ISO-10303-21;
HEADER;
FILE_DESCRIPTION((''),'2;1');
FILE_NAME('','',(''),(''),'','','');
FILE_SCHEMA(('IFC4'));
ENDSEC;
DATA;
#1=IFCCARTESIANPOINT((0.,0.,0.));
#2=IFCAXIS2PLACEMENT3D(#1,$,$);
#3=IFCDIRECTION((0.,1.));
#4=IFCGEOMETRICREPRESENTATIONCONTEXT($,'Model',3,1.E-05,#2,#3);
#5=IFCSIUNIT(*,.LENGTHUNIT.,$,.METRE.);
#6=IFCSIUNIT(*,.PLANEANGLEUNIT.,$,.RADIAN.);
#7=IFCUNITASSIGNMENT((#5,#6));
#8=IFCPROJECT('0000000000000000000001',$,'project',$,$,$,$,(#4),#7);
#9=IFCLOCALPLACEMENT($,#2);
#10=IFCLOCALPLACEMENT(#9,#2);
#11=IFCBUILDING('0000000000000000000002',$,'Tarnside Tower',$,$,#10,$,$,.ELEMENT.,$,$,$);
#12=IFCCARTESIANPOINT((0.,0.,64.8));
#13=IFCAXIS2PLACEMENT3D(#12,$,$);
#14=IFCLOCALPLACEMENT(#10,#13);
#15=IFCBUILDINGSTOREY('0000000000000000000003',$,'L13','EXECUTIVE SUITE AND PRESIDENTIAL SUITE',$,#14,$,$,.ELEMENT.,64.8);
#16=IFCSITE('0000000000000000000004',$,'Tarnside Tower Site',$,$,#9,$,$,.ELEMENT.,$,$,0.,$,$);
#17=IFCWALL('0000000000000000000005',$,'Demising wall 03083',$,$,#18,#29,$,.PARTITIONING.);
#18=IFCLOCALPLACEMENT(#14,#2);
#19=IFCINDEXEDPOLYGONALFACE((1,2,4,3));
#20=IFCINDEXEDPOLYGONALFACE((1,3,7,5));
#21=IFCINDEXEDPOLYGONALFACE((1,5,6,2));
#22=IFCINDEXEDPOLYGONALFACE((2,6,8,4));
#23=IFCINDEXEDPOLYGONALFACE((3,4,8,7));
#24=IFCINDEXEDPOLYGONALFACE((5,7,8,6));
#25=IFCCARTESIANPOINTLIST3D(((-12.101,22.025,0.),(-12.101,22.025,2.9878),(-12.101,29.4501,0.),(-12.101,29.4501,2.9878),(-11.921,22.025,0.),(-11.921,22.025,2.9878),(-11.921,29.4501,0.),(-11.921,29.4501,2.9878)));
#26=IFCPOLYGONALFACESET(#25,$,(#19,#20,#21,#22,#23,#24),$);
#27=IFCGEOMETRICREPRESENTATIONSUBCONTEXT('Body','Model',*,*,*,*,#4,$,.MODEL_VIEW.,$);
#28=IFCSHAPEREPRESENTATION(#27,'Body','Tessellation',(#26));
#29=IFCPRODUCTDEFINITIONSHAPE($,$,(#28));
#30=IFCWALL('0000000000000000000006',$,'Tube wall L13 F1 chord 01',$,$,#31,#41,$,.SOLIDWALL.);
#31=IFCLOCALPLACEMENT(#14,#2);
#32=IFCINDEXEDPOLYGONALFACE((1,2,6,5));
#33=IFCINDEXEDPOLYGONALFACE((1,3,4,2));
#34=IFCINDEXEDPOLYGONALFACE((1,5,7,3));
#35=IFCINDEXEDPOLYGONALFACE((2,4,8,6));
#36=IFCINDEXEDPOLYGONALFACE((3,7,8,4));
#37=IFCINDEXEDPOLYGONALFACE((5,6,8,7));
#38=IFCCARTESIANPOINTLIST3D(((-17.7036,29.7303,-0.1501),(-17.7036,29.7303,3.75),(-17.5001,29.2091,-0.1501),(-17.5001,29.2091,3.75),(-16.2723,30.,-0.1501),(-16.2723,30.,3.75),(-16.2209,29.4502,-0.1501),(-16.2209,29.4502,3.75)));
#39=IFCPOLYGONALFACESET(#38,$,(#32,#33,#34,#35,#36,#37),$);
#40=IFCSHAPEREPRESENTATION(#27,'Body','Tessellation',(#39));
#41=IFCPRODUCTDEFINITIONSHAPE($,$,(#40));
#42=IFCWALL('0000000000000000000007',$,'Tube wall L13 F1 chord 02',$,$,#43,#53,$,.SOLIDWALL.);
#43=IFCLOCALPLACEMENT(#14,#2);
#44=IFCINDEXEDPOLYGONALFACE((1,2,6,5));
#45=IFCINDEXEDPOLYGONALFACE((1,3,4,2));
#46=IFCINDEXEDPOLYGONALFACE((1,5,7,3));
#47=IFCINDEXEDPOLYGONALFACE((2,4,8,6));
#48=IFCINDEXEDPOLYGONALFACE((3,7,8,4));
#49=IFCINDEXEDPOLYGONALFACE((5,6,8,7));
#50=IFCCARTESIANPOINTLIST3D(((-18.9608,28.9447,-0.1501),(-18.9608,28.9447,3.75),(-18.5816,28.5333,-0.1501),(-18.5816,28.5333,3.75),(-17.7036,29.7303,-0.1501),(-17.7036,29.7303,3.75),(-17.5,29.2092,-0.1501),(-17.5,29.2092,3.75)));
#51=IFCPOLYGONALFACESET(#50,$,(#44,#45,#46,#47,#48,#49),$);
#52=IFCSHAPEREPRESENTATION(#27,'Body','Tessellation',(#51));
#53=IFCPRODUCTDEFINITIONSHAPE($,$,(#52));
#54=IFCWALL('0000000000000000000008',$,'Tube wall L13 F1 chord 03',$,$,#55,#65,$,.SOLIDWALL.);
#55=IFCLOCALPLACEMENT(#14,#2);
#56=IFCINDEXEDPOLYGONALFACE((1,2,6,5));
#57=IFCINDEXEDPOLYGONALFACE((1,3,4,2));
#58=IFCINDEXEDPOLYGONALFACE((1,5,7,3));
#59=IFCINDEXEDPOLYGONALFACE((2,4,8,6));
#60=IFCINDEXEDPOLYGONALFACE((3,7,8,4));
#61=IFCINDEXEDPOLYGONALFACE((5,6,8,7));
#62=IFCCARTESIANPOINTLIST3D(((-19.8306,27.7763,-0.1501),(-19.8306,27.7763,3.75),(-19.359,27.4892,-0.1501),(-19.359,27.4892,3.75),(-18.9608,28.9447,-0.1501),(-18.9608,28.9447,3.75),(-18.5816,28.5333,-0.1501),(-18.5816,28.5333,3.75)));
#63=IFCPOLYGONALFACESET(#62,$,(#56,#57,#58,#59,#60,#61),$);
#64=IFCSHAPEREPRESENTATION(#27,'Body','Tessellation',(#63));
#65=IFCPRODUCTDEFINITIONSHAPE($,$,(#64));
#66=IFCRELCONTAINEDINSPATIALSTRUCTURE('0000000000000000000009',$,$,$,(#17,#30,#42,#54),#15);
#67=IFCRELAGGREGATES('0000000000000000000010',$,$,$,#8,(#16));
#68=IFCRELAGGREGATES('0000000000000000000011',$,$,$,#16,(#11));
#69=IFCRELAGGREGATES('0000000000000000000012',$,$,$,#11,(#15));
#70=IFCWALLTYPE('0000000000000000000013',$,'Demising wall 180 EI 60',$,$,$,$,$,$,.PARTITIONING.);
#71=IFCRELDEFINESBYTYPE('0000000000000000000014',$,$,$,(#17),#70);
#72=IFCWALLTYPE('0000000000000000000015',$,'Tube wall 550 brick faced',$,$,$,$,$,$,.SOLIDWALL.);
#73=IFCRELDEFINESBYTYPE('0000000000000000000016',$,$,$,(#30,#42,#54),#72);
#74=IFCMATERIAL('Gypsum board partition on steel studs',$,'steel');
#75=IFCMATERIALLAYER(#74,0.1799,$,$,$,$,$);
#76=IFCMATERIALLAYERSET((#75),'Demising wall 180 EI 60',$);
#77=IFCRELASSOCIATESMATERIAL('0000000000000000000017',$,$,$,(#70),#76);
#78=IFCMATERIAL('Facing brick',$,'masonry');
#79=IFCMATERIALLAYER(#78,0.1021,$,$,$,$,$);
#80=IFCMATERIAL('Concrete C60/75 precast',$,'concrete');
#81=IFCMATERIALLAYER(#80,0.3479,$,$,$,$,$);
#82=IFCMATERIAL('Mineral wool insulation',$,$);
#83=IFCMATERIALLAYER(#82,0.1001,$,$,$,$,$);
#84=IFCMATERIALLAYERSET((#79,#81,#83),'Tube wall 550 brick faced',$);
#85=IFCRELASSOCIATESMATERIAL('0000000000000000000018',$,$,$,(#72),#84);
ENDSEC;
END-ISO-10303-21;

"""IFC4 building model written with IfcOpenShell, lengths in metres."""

from ifc_helpers import new_model, si_unit, direction, frame, frame_2d, origin, place, context, subcontext, project, spatial, polyline, rectangle, outline, extrude, material, layer, layer_set, type_object, element, save


model = new_model("IFC4")

# Units and contexts
model_context = context("Model", 3, precision=1e-05, world=origin(), true_north=direction((0.0, 1.0)))
body_context = subcontext(model_context, "Body", "Model", "MODEL_VIEW")
ifc_project = project(units=[si_unit("LENGTHUNIT", "METRE"), si_unit("PLANEANGLEUNIT", "RADIAN")], contexts=[model_context])

# Site, building, storey
site_placement = place(None, origin())
site = spatial("IfcSite", under=ifc_project, at=site_placement, Name="Tarnside Tower Site", CompositionType="ELEMENT", RefElevation=0.0)
building_placement = place(site_placement, origin())
building = spatial("IfcBuilding", under=site, at=building_placement, Name="Tarnside Tower", CompositionType="ELEMENT")
storey_placement = place(building_placement, frame((0.0, 0.0, 64.8)))
storey = spatial("IfcBuildingStorey", under=building, at=storey_placement, Name="L13", Description="EXECUTIVE SUITE AND PRESIDENTIAL SUITE", CompositionType="ELEMENT", Elevation=64.8)

# Walls
ifc_material_1 = material(Name="Gypsum board partition on steel studs", Category="steel")
ifc_layer_1 = layer(ifc_material_1, 0.1799)
ifc_layer_set_1 = layer_set([ifc_layer_1], Name="Demising wall 180 EI 60")
wall_type_1 = type_object("IfcWallType", Name="Demising wall 180 EI 60", PredefinedType="PARTITIONING", material=ifc_layer_set_1)
wall_1_placement = place(storey_placement, frame((-12.011, 29.45, 0.0), z_axis=(0.0, 0.0, 1.0), x_axis=(0.0, -1.0, 0.0)))
element("IfcWall", 1, at=wall_1_placement, inside=storey, type_object=wall_type_1, Name="Demising wall 03083", PredefinedType="PARTITIONING", context=body_context, shape_type="SweptSolid", body=[
    extrude(rectangle(XDim=7.425, YDim=0.1799, at=frame_2d((3.7124, 0.0))), origin(), (0.0, 0.0, 1.0), 2.9878),
])
ifc_material_2 = material(Name="Facing brick", Category="masonry")
ifc_layer_2 = layer(ifc_material_2, 0.1021)
ifc_material_3 = material(Name="Concrete C60/75 precast", Category="concrete")
ifc_layer_3 = layer(ifc_material_3, 0.3479)
ifc_material_4 = material(Name="Mineral wool insulation")
ifc_layer_4 = layer(ifc_material_4, 0.1001)
ifc_layer_set_2 = layer_set([ifc_layer_2, ifc_layer_3, ifc_layer_4], Name="Tube wall 550 brick faced")
wall_type_2 = type_object("IfcWallType", Name="Tube wall 550 brick faced", PredefinedType="SOLIDWALL", material=ifc_layer_set_2)
wall_2_placement = place(storey_placement, frame((-16.2466, 29.7251, -0.1501), z_axis=(0.0, 0.0, 1.0), x_axis=(-0.982705, -0.185176, 0.0)))
element("IfcWall", 2, at=wall_2_placement, inside=storey, type_object=wall_type_2, Name="Tube wall L13 F1 chord 01", PredefinedType="SOLIDWALL", context=body_context, shape_type="SweptSolid", body=[
    extrude(outline(polyline([(-0.0256, -0.2749), (1.4309, -0.2749), (1.3274, 0.2749), (0.0256, 0.2749), (-0.0256, -0.2749)])), origin(), (0.0, 0.0, 1.0), 3.9001),
])
wall_3_placement = place(storey_placement, frame((-17.6018, 29.4697, -0.1501), z_axis=(0.0, 0.0, 1.0), x_axis=(-0.848058, -0.529903, 0.0)))
element("IfcWall", 3, at=wall_3_placement, inside=storey, type_object=wall_type_2, Name="Tube wall L13 F1 chord 02", PredefinedType="SOLIDWALL", context=body_context, shape_type="SweptSolid", body=[
    extrude(outline(polyline([(-0.0518, -0.2749), (1.4307, -0.2749), (1.3271, 0.2749), (0.0518, 0.2749), (-0.0518, -0.2749)])), origin(), (0.0, 0.0, 1.0), 3.9001),
])
wall_4_placement = place(storey_placement, frame((-18.7712, 28.739, -0.1501), z_axis=(0.0, 0.0, 1.0), x_axis=(-0.597135, -0.802141, 0.0)))
element("IfcWall", 4, at=wall_4_placement, inside=storey, type_object=wall_type_2, Name="Tube wall L13 F1 chord 03", PredefinedType="SOLIDWALL", context=body_context, shape_type="SweptSolid", body=[
    extrude(outline(polyline([(-0.0518, -0.2749), (1.4048, -0.2749), (1.3535, 0.2749), (0.0518, 0.2749), (-0.0518, -0.2749)])), origin(), (0.0, 0.0, 1.0), 3.9001),
])

save(model, "model.ifc")
